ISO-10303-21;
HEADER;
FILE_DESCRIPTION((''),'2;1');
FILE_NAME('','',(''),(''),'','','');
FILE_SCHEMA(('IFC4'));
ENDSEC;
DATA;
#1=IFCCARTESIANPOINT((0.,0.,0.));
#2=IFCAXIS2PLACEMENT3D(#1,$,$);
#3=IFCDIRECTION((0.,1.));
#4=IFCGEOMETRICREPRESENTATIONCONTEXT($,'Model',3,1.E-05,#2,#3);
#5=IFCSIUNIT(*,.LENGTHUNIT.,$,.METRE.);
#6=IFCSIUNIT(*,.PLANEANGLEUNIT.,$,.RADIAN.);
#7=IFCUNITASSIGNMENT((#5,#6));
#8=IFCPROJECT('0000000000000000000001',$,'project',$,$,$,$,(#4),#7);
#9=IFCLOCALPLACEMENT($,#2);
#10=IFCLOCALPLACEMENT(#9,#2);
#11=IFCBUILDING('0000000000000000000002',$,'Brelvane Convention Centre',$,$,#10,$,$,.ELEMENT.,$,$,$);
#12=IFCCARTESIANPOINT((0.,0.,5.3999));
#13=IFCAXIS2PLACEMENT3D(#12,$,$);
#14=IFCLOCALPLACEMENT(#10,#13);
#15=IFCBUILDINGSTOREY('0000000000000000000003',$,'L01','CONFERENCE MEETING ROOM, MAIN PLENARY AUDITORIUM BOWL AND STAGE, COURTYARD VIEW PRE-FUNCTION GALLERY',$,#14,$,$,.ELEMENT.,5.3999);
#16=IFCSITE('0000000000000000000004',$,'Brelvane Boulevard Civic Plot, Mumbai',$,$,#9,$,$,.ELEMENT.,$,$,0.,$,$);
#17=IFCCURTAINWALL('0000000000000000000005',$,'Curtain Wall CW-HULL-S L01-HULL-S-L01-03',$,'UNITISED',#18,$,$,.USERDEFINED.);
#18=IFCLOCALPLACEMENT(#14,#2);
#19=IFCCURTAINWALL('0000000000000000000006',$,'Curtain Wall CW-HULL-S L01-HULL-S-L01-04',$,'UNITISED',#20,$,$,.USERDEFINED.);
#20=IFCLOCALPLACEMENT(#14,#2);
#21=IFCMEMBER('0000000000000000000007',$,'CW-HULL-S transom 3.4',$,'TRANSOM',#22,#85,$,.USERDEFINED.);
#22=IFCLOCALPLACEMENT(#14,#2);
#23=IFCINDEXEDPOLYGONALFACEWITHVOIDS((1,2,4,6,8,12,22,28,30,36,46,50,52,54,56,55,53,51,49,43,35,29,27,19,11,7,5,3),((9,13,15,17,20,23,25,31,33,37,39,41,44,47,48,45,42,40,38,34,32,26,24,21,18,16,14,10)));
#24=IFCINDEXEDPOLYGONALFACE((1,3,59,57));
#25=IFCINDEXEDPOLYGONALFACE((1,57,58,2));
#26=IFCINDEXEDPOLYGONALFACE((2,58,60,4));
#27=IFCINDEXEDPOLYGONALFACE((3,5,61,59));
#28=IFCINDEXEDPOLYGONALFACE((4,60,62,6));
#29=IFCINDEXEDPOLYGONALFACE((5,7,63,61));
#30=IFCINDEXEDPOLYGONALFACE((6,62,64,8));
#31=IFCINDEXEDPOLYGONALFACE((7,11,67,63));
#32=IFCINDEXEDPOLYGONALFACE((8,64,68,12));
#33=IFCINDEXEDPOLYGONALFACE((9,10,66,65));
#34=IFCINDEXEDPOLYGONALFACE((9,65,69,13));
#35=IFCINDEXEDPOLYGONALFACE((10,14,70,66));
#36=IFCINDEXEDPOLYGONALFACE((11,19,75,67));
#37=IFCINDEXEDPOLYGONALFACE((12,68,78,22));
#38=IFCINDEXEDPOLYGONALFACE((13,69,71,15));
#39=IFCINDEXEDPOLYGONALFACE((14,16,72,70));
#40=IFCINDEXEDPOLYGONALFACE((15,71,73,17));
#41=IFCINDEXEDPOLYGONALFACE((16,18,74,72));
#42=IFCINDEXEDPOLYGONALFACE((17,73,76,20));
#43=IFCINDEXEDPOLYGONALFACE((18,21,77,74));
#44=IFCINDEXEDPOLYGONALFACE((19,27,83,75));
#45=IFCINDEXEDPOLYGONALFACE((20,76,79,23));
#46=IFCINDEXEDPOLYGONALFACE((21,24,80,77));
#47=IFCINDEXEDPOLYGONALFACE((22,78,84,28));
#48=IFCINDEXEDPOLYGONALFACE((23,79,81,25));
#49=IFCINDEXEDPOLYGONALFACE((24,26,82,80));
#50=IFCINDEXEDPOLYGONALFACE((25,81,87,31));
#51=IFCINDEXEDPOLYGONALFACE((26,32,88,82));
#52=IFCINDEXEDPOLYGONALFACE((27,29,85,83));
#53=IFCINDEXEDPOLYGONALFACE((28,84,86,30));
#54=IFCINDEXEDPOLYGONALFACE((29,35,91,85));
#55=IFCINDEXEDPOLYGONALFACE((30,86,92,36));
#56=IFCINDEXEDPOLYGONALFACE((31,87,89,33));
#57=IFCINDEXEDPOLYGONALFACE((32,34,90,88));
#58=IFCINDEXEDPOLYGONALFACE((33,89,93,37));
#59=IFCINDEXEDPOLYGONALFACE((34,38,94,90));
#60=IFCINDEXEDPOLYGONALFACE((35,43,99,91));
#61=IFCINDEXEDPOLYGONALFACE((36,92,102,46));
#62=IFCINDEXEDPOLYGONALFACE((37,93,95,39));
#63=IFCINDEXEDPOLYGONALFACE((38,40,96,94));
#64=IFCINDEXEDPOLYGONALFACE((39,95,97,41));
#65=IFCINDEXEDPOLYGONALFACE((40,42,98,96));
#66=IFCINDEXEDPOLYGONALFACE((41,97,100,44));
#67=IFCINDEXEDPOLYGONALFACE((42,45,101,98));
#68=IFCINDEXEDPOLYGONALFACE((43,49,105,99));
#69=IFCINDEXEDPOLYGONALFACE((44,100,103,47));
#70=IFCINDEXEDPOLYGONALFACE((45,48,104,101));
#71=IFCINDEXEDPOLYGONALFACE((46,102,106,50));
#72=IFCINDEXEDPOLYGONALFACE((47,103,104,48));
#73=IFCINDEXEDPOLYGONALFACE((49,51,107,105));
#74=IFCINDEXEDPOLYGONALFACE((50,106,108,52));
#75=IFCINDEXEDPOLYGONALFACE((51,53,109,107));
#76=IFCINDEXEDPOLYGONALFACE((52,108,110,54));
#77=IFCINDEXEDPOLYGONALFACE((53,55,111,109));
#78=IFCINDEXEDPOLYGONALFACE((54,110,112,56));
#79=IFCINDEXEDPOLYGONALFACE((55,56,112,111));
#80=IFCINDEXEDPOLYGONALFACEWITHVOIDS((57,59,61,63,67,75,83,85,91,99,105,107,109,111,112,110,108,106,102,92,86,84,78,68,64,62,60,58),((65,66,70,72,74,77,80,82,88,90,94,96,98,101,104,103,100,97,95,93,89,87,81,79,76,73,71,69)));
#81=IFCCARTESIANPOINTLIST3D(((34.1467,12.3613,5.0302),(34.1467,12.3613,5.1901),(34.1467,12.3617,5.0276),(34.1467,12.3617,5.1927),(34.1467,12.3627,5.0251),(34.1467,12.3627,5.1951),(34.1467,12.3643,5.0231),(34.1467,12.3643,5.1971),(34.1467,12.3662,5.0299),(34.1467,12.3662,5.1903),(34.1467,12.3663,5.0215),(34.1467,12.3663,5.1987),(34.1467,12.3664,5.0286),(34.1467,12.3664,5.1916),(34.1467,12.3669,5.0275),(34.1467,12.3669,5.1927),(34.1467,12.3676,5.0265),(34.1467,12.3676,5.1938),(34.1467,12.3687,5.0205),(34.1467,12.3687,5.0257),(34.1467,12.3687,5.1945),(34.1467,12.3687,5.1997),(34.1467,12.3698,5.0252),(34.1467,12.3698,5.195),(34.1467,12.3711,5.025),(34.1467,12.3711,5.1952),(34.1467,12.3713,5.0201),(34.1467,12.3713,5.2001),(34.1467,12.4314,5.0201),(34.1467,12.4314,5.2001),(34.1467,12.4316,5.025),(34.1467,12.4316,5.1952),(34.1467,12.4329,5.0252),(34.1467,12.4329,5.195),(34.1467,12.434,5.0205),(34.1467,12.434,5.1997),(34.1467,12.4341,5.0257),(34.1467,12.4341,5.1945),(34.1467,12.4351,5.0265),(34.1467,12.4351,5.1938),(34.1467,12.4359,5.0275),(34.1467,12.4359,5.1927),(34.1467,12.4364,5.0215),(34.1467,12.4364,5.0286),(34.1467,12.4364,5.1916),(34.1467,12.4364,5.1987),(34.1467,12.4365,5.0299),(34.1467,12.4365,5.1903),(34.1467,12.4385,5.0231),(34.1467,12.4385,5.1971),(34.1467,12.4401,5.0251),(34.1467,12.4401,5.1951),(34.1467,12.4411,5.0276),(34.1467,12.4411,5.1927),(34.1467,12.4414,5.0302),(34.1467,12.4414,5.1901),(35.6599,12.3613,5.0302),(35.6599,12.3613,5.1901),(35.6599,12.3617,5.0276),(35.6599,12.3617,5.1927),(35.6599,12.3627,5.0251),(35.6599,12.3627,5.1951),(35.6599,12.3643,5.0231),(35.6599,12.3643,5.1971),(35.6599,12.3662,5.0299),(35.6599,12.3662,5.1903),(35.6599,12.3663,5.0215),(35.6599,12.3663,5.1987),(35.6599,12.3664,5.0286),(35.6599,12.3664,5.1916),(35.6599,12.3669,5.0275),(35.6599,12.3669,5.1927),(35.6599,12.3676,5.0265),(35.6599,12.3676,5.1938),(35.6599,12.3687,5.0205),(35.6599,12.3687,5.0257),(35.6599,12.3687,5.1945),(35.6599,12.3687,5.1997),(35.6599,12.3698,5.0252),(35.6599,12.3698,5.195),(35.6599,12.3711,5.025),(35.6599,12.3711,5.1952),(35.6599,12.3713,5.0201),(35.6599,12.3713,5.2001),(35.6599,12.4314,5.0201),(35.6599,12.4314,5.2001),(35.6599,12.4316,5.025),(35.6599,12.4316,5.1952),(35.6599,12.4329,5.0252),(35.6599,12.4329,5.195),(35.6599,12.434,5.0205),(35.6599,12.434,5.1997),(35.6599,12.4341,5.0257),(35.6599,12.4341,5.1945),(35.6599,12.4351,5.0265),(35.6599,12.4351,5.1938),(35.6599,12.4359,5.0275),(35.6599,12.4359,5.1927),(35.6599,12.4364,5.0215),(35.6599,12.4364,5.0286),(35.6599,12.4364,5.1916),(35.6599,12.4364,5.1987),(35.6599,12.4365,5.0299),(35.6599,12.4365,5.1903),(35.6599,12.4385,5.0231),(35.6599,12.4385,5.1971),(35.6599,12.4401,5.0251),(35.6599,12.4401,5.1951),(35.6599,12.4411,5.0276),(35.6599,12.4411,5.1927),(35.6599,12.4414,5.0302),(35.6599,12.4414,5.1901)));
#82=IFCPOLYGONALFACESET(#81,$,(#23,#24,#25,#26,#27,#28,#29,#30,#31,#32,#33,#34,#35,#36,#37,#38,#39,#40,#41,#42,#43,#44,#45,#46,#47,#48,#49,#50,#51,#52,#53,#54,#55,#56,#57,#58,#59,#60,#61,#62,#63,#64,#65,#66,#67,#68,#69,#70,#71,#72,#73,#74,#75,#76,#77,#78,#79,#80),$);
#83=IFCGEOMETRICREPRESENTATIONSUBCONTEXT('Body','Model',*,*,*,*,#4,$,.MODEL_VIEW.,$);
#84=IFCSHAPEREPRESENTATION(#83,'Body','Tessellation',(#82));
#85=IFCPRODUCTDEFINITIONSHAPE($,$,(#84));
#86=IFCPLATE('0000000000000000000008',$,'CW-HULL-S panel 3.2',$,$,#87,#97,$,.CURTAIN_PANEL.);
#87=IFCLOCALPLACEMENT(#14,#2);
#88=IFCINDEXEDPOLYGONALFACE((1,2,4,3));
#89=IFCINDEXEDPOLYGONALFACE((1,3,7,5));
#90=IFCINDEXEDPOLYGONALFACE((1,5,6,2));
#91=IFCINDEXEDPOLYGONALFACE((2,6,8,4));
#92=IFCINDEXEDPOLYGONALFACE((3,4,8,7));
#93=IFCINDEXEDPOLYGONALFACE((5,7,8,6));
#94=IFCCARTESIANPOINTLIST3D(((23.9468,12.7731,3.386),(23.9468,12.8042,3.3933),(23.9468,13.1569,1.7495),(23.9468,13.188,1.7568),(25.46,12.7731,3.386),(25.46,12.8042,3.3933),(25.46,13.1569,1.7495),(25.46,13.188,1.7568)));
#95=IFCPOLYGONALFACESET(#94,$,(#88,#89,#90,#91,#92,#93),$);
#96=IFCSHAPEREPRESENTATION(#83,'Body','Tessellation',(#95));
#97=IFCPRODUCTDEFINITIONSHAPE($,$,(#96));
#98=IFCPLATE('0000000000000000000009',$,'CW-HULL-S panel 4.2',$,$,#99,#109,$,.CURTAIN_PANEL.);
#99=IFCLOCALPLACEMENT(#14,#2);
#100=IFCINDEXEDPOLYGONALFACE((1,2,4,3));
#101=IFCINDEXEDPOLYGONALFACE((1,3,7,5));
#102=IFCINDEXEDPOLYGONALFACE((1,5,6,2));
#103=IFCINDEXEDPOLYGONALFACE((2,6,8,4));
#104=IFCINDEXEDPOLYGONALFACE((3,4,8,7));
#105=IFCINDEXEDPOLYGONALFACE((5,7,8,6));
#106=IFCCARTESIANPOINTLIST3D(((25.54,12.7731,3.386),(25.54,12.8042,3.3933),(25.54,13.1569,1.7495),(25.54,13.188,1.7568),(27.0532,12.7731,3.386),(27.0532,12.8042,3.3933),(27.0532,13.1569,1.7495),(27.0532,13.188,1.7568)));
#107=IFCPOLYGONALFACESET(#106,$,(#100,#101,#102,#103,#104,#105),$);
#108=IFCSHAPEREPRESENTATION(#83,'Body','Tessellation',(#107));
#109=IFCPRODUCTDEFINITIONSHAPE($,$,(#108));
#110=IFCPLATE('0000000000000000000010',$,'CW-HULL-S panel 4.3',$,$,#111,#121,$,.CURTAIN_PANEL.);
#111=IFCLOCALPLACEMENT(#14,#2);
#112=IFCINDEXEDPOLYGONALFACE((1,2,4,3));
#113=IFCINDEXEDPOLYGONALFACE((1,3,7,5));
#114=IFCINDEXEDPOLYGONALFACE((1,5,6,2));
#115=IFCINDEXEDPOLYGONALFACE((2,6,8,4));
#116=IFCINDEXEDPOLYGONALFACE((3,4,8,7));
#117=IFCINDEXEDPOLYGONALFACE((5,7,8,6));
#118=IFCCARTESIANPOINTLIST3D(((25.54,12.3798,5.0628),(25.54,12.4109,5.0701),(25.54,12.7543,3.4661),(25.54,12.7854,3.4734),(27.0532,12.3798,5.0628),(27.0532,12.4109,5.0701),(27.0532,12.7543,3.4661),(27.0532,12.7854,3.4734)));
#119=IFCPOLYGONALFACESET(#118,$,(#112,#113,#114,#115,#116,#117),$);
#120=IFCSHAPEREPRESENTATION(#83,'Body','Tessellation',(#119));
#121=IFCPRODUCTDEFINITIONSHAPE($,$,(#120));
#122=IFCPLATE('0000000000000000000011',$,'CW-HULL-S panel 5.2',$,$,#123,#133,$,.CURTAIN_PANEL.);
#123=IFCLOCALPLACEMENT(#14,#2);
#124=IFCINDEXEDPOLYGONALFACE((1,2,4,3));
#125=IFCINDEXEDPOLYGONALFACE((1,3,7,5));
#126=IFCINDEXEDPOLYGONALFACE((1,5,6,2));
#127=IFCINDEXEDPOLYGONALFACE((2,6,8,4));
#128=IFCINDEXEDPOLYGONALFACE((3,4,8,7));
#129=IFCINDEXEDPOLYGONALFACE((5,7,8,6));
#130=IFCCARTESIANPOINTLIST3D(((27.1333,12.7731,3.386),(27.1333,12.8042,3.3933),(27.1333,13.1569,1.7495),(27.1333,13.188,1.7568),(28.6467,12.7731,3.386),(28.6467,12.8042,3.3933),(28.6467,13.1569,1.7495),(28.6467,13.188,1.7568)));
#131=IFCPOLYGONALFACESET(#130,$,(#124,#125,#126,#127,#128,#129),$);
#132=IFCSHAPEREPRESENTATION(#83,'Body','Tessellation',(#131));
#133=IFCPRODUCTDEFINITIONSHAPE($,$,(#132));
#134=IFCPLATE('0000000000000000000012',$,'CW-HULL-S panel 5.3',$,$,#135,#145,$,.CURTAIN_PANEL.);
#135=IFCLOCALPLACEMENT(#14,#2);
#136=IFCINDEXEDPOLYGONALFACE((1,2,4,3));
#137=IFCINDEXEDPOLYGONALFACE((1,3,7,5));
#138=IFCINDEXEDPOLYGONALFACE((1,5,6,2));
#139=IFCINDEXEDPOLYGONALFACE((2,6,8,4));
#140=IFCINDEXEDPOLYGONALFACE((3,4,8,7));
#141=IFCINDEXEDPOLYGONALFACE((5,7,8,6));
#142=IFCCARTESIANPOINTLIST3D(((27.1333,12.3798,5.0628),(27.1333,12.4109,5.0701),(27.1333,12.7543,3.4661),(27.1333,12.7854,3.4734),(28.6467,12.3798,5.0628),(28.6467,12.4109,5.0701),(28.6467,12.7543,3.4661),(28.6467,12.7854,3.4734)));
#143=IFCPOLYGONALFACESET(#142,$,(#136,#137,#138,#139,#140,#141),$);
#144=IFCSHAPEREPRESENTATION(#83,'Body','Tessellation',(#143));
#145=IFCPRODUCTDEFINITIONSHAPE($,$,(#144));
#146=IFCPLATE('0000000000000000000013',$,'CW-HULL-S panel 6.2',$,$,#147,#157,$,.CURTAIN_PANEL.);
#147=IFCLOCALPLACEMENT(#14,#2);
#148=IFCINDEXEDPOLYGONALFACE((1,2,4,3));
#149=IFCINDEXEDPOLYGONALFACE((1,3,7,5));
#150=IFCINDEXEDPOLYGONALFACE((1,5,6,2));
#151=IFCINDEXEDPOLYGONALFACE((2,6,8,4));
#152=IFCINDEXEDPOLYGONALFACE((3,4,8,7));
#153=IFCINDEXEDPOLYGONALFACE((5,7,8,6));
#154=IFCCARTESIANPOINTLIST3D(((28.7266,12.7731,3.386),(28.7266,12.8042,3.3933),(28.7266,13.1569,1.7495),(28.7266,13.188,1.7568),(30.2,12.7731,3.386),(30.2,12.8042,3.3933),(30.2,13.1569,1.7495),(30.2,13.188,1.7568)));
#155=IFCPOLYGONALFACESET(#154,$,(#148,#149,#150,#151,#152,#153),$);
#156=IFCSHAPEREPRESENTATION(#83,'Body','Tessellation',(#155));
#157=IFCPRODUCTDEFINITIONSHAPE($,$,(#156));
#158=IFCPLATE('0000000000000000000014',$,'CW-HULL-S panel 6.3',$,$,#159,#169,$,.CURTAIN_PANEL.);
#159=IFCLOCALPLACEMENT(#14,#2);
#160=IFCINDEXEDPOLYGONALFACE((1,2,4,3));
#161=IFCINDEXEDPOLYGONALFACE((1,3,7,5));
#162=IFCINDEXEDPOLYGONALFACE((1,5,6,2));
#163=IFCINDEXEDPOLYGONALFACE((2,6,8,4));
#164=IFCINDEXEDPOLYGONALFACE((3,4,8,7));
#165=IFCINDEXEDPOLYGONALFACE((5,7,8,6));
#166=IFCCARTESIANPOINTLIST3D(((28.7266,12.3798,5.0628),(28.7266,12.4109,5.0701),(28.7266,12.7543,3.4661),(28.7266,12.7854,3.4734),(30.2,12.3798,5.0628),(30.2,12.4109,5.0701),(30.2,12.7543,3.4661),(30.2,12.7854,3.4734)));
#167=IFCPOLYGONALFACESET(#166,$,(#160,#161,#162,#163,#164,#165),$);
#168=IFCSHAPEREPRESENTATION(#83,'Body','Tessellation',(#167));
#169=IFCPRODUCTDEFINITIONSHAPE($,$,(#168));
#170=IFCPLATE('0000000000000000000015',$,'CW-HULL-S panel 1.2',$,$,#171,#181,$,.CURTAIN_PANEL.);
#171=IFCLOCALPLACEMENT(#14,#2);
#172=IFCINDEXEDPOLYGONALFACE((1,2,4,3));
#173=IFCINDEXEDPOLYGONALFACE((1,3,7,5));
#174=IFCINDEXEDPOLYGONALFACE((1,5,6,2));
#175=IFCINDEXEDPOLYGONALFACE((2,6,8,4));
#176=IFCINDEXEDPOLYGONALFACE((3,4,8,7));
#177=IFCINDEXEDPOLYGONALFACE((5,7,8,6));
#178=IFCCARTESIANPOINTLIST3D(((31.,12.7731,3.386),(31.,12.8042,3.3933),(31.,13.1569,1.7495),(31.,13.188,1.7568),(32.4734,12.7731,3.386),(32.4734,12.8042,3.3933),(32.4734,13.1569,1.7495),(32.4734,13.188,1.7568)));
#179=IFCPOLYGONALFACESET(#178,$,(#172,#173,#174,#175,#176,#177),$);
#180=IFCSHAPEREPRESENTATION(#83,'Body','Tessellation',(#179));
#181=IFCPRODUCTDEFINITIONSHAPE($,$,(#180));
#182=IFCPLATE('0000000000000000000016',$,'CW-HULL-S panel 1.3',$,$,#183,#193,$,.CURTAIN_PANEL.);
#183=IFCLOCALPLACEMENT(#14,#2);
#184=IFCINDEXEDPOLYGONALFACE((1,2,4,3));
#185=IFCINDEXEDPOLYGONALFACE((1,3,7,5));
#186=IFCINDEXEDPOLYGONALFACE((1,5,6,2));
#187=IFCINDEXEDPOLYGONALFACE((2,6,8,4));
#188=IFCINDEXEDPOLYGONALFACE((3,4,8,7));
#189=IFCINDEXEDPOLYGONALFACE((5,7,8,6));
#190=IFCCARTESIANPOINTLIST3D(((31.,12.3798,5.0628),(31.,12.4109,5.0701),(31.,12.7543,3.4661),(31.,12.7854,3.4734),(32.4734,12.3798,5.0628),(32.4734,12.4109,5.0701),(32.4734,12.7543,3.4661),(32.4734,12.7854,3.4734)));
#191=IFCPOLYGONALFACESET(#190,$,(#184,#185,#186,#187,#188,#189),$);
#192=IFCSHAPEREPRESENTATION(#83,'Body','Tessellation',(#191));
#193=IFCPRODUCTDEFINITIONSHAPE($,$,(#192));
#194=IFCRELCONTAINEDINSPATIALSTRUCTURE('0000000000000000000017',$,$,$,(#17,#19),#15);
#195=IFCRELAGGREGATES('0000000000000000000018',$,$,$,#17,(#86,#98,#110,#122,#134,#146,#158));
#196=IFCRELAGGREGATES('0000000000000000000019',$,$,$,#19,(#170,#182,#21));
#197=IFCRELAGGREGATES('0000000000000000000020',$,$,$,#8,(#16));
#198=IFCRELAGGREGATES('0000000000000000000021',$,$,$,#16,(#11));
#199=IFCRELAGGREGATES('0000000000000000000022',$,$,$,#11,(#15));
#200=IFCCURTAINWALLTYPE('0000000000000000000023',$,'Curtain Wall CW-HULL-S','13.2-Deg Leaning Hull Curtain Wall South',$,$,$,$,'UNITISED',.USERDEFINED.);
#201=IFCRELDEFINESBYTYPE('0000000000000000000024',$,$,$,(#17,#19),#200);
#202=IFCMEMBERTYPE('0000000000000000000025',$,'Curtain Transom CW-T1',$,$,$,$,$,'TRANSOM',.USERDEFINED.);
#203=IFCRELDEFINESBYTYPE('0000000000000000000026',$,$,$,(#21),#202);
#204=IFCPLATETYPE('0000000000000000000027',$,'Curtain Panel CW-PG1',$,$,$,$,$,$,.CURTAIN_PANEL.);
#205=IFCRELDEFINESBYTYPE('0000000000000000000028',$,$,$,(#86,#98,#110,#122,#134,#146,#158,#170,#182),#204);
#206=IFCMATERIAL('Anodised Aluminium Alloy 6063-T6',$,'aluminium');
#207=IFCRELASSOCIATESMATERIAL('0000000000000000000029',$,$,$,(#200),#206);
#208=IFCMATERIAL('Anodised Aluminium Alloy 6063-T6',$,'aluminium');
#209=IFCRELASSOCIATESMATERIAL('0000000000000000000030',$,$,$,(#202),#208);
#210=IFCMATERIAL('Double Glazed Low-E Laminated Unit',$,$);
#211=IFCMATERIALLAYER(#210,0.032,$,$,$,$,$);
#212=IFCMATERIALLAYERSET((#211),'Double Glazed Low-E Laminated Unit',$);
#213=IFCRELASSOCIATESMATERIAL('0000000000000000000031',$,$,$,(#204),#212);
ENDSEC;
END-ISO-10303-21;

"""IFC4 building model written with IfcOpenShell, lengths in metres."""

from ifc_helpers import new_model, si_unit, direction, frame, origin, origin_2d, place, context, subcontext, project, spatial, polyline, hollow_rectangle, outline, extrude, material, layer, layer_set, material_profile, profile_set, type_object, element, aggregate, save


model = new_model("IFC4")

# Units and contexts
model_context = context("Model", 3, precision=1e-05, world=origin(), true_north=direction((0.0, 1.0)))
body_context = subcontext(model_context, "Body", "Model", "MODEL_VIEW")
ifc_project = project(units=[si_unit("LENGTHUNIT", "METRE"), si_unit("PLANEANGLEUNIT", "RADIAN")], contexts=[model_context])

# Site, building, storey
site_placement = place(None, origin())
site = spatial("IfcSite", under=ifc_project, at=site_placement, Name="Brelvane Boulevard Civic Plot, Mumbai", CompositionType="ELEMENT", RefElevation=0.0)
building_placement = place(site_placement, origin())
building = spatial("IfcBuilding", under=site, at=building_placement, Name="Brelvane Convention Centre", CompositionType="ELEMENT")
storey_placement = place(building_placement, frame((0.0, 0.0, 5.3999)))
storey = spatial("IfcBuildingStorey", under=building, at=storey_placement, Name="L01", Description="CONFERENCE MEETING ROOM, MAIN PLENARY AUDITORIUM BOWL AND STAGE, COURTYARD VIEW PRE-FUNCTION GALLERY", CompositionType="ELEMENT", Elevation=5.3999)

# Curtain walls, member
ifc_material_1 = material(Name="Anodised Aluminium Alloy 6063-T6", Category="aluminium")
curtain_wall_type = type_object("IfcCurtainWallType", Name="Curtain Wall CW-HULL-S", Description="13.2-Deg Leaning Hull Curtain Wall South", ElementType="UNITISED", PredefinedType="USERDEFINED", material=ifc_material_1)
curtain_wall_1_placement = place(storey_placement, origin())
curtain_wall_1 = element("IfcCurtainWall", 1, at=curtain_wall_1_placement, inside=storey, type_object=curtain_wall_type, Name="Curtain Wall CW-HULL-S L01-HULL-S-L01-03", ObjectType="UNITISED", PredefinedType="USERDEFINED")
ifc_material_2 = material(Name="Anodised Aluminium Alloy 6063-T6", Category="aluminium")
ifc_material_profile = material_profile(ifc_material_2, hollow_rectangle(XDim=0.0801, YDim=0.1799, WallThickness=0.0049, InnerFilletRadius=0.0049, OuterFilletRadius=0.01, at=origin_2d()), Name="ALU-T 180x80x5.0")
ifc_profile_set = profile_set([ifc_material_profile], Name="Anodised Aluminium Alloy 6063-T6")
member_type = type_object("IfcMemberType", Name="Curtain Transom CW-T1", ElementType="TRANSOM", PredefinedType="USERDEFINED", material=ifc_profile_set)
curtain_wall_2_placement = place(storey_placement, origin())
curtain_wall_2 = element("IfcCurtainWall", 2, at=curtain_wall_2_placement, inside=storey, type_object=curtain_wall_type, Name="Curtain Wall CW-HULL-S L01-HULL-S-L01-04", ObjectType="UNITISED", PredefinedType="USERDEFINED")
member_1_placement = place(storey_placement, frame((34.1467, 12.4014, 5.1101), z_axis=(1.0, 0.0, 0.0), x_axis=(0.0, 1.0, 0.0)))
member_1 = element("IfcMember", 3, at=member_1_placement, type_object=member_type, Name="CW-HULL-S transom 3.4", ObjectType="TRANSOM", PredefinedType="USERDEFINED", context=body_context, shape_type="SweptSolid", body=[
    extrude(hollow_rectangle(XDim=0.0801, YDim=0.1799, WallThickness=0.0049, InnerFilletRadius=0.0049, OuterFilletRadius=0.01, at=origin_2d()), origin(), (0.0, 0.0, 1.0), 1.5132),
])

# Plates
ifc_material_3 = material(Name="Double Glazed Low-E Laminated Unit")
ifc_layer_1 = layer(ifc_material_3, 0.032)
ifc_layer_set_1 = layer_set([ifc_layer_1], Name="Double Glazed Low-E Laminated Unit")
plate_type_1 = type_object("IfcPlateType", Name="Curtain Panel CW-PG1", PredefinedType="CURTAIN_PANEL", material=ifc_layer_set_1)
plate_1_placement = place(storey_placement, frame((23.9468, 13.188, 1.7568), z_axis=(0.0, 0.973585, 0.228327), x_axis=(1.0, 0.0, 0.0)))
plate_1 = element("IfcPlate", 4, at=plate_1_placement, type_object=plate_type_1, Name="CW-HULL-S panel 3.2", PredefinedType="CURTAIN_PANEL", context=body_context, shape_type="SweptSolid", body=[
    extrude(outline(polyline([(0.0, 0.0), (1.5132, 0.0), (1.5132, -1.6809), (0.0, -1.6809), (0.0, 0.0)])), origin(), (0.0, 0.0, -1.0), 0.032),
])
plate_2_placement = place(storey_placement, frame((25.54, 13.188, 1.7568), z_axis=(0.0, 0.973585, 0.228327), x_axis=(1.0, 0.0, 0.0)))
plate_2 = element("IfcPlate", 5, at=plate_2_placement, type_object=plate_type_1, Name="CW-HULL-S panel 4.2", PredefinedType="CURTAIN_PANEL", context=body_context, shape_type="SweptSolid", body=[
    extrude(outline(polyline([(0.0, 0.0), (1.5132, 0.0), (1.5132, -1.6809), (0.0, -1.6809), (0.0, 0.0)])), origin(), (0.0, 0.0, -1.0), 0.032),
])
plate_3_placement = place(storey_placement, frame((25.54, 12.7854, 3.4734), z_axis=(0.0, 0.973577, 0.228359), x_axis=(1.0, 0.0, 0.0)))
plate_3 = element("IfcPlate", 6, at=plate_3_placement, type_object=plate_type_1, Name="CW-HULL-S panel 4.3", PredefinedType="CURTAIN_PANEL", context=body_context, shape_type="SweptSolid", body=[
    extrude(outline(polyline([(0.0, 0.0), (1.5132, 0.0), (1.5132, -1.64), (0.0, -1.64), (0.0, 0.0)])), origin(), (0.0, 0.0, -1.0), 0.032),
])
plate_4_placement = place(storey_placement, frame((27.1333, 13.188, 1.7568), z_axis=(0.0, 0.973585, 0.228327), x_axis=(1.0, 0.0, 0.0)))
plate_4 = element("IfcPlate", 7, at=plate_4_placement, type_object=plate_type_1, Name="CW-HULL-S panel 5.2", PredefinedType="CURTAIN_PANEL", context=body_context, shape_type="SweptSolid", body=[
    extrude(outline(polyline([(0.0, 0.0), (1.5134, 0.0), (1.5134, -1.6809), (0.0, -1.6809), (0.0, 0.0)])), origin(), (0.0, 0.0, -1.0), 0.032),
])
plate_5_placement = place(storey_placement, frame((27.1333, 12.7854, 3.4734), z_axis=(0.0, 0.973577, 0.228359), x_axis=(1.0, 0.0, 0.0)))
plate_5 = element("IfcPlate", 8, at=plate_5_placement, type_object=plate_type_1, Name="CW-HULL-S panel 5.3", PredefinedType="CURTAIN_PANEL", context=body_context, shape_type="SweptSolid", body=[
    extrude(outline(polyline([(0.0, 0.0), (1.5134, 0.0), (1.5134, -1.64), (0.0, -1.64), (0.0, 0.0)])), origin(), (0.0, 0.0, -1.0), 0.032),
])
plate_6_placement = place(storey_placement, frame((28.7266, 13.188, 1.7568), z_axis=(0.0, 0.973585, 0.228327), x_axis=(1.0, 0.0, 0.0)))
plate_6 = element("IfcPlate", 9, at=plate_6_placement, type_object=plate_type_1, Name="CW-HULL-S panel 6.2", PredefinedType="CURTAIN_PANEL", context=body_context, shape_type="SweptSolid", body=[
    extrude(outline(polyline([(0.0, 0.0), (1.4734, 0.0), (1.4734, -1.6809), (0.0, -1.6809), (0.0, 0.0)])), origin(), (0.0, 0.0, -1.0), 0.032),
])
plate_7_placement = place(storey_placement, frame((28.7266, 12.7854, 3.4734), z_axis=(0.0, 0.973577, 0.228359), x_axis=(1.0, 0.0, 0.0)))
plate_7 = element("IfcPlate", 10, at=plate_7_placement, type_object=plate_type_1, Name="CW-HULL-S panel 6.3", PredefinedType="CURTAIN_PANEL", context=body_context, shape_type="SweptSolid", body=[
    extrude(outline(polyline([(0.0, 0.0), (1.4734, 0.0), (1.4734, -1.64), (0.0, -1.64), (0.0, 0.0)])), origin(), (0.0, 0.0, -1.0), 0.032),
])
plate_8_placement = place(storey_placement, frame((31.0, 13.188, 1.7568), z_axis=(0.0, 0.973585, 0.228327), x_axis=(1.0, 0.0, 0.0)))
plate_8 = element("IfcPlate", 11, at=plate_8_placement, type_object=plate_type_1, Name="CW-HULL-S panel 1.2", PredefinedType="CURTAIN_PANEL", context=body_context, shape_type="SweptSolid", body=[
    extrude(outline(polyline([(0.0, 0.0), (1.4734, 0.0), (1.4734, -1.6809), (0.0, -1.6809), (0.0, 0.0)])), origin(), (0.0, 0.0, -1.0), 0.032),
])
plate_9_placement = place(storey_placement, frame((31.0, 12.7854, 3.4734), z_axis=(0.0, 0.973577, 0.228359), x_axis=(1.0, 0.0, 0.0)))
plate_9 = element("IfcPlate", 12, at=plate_9_placement, type_object=plate_type_1, Name="CW-HULL-S panel 1.3", PredefinedType="CURTAIN_PANEL", context=body_context, shape_type="SweptSolid", body=[
    extrude(outline(polyline([(0.0, 0.0), (1.4734, 0.0), (1.4734, -1.64), (0.0, -1.64), (0.0, 0.0)])), origin(), (0.0, 0.0, -1.0), 0.032),
])
aggregate(curtain_wall_1, [plate_1, plate_2, plate_3, plate_4, plate_5, plate_6, plate_7])
aggregate(curtain_wall_2, [plate_8, plate_9, member_1])

save(model, "model.ifc")
